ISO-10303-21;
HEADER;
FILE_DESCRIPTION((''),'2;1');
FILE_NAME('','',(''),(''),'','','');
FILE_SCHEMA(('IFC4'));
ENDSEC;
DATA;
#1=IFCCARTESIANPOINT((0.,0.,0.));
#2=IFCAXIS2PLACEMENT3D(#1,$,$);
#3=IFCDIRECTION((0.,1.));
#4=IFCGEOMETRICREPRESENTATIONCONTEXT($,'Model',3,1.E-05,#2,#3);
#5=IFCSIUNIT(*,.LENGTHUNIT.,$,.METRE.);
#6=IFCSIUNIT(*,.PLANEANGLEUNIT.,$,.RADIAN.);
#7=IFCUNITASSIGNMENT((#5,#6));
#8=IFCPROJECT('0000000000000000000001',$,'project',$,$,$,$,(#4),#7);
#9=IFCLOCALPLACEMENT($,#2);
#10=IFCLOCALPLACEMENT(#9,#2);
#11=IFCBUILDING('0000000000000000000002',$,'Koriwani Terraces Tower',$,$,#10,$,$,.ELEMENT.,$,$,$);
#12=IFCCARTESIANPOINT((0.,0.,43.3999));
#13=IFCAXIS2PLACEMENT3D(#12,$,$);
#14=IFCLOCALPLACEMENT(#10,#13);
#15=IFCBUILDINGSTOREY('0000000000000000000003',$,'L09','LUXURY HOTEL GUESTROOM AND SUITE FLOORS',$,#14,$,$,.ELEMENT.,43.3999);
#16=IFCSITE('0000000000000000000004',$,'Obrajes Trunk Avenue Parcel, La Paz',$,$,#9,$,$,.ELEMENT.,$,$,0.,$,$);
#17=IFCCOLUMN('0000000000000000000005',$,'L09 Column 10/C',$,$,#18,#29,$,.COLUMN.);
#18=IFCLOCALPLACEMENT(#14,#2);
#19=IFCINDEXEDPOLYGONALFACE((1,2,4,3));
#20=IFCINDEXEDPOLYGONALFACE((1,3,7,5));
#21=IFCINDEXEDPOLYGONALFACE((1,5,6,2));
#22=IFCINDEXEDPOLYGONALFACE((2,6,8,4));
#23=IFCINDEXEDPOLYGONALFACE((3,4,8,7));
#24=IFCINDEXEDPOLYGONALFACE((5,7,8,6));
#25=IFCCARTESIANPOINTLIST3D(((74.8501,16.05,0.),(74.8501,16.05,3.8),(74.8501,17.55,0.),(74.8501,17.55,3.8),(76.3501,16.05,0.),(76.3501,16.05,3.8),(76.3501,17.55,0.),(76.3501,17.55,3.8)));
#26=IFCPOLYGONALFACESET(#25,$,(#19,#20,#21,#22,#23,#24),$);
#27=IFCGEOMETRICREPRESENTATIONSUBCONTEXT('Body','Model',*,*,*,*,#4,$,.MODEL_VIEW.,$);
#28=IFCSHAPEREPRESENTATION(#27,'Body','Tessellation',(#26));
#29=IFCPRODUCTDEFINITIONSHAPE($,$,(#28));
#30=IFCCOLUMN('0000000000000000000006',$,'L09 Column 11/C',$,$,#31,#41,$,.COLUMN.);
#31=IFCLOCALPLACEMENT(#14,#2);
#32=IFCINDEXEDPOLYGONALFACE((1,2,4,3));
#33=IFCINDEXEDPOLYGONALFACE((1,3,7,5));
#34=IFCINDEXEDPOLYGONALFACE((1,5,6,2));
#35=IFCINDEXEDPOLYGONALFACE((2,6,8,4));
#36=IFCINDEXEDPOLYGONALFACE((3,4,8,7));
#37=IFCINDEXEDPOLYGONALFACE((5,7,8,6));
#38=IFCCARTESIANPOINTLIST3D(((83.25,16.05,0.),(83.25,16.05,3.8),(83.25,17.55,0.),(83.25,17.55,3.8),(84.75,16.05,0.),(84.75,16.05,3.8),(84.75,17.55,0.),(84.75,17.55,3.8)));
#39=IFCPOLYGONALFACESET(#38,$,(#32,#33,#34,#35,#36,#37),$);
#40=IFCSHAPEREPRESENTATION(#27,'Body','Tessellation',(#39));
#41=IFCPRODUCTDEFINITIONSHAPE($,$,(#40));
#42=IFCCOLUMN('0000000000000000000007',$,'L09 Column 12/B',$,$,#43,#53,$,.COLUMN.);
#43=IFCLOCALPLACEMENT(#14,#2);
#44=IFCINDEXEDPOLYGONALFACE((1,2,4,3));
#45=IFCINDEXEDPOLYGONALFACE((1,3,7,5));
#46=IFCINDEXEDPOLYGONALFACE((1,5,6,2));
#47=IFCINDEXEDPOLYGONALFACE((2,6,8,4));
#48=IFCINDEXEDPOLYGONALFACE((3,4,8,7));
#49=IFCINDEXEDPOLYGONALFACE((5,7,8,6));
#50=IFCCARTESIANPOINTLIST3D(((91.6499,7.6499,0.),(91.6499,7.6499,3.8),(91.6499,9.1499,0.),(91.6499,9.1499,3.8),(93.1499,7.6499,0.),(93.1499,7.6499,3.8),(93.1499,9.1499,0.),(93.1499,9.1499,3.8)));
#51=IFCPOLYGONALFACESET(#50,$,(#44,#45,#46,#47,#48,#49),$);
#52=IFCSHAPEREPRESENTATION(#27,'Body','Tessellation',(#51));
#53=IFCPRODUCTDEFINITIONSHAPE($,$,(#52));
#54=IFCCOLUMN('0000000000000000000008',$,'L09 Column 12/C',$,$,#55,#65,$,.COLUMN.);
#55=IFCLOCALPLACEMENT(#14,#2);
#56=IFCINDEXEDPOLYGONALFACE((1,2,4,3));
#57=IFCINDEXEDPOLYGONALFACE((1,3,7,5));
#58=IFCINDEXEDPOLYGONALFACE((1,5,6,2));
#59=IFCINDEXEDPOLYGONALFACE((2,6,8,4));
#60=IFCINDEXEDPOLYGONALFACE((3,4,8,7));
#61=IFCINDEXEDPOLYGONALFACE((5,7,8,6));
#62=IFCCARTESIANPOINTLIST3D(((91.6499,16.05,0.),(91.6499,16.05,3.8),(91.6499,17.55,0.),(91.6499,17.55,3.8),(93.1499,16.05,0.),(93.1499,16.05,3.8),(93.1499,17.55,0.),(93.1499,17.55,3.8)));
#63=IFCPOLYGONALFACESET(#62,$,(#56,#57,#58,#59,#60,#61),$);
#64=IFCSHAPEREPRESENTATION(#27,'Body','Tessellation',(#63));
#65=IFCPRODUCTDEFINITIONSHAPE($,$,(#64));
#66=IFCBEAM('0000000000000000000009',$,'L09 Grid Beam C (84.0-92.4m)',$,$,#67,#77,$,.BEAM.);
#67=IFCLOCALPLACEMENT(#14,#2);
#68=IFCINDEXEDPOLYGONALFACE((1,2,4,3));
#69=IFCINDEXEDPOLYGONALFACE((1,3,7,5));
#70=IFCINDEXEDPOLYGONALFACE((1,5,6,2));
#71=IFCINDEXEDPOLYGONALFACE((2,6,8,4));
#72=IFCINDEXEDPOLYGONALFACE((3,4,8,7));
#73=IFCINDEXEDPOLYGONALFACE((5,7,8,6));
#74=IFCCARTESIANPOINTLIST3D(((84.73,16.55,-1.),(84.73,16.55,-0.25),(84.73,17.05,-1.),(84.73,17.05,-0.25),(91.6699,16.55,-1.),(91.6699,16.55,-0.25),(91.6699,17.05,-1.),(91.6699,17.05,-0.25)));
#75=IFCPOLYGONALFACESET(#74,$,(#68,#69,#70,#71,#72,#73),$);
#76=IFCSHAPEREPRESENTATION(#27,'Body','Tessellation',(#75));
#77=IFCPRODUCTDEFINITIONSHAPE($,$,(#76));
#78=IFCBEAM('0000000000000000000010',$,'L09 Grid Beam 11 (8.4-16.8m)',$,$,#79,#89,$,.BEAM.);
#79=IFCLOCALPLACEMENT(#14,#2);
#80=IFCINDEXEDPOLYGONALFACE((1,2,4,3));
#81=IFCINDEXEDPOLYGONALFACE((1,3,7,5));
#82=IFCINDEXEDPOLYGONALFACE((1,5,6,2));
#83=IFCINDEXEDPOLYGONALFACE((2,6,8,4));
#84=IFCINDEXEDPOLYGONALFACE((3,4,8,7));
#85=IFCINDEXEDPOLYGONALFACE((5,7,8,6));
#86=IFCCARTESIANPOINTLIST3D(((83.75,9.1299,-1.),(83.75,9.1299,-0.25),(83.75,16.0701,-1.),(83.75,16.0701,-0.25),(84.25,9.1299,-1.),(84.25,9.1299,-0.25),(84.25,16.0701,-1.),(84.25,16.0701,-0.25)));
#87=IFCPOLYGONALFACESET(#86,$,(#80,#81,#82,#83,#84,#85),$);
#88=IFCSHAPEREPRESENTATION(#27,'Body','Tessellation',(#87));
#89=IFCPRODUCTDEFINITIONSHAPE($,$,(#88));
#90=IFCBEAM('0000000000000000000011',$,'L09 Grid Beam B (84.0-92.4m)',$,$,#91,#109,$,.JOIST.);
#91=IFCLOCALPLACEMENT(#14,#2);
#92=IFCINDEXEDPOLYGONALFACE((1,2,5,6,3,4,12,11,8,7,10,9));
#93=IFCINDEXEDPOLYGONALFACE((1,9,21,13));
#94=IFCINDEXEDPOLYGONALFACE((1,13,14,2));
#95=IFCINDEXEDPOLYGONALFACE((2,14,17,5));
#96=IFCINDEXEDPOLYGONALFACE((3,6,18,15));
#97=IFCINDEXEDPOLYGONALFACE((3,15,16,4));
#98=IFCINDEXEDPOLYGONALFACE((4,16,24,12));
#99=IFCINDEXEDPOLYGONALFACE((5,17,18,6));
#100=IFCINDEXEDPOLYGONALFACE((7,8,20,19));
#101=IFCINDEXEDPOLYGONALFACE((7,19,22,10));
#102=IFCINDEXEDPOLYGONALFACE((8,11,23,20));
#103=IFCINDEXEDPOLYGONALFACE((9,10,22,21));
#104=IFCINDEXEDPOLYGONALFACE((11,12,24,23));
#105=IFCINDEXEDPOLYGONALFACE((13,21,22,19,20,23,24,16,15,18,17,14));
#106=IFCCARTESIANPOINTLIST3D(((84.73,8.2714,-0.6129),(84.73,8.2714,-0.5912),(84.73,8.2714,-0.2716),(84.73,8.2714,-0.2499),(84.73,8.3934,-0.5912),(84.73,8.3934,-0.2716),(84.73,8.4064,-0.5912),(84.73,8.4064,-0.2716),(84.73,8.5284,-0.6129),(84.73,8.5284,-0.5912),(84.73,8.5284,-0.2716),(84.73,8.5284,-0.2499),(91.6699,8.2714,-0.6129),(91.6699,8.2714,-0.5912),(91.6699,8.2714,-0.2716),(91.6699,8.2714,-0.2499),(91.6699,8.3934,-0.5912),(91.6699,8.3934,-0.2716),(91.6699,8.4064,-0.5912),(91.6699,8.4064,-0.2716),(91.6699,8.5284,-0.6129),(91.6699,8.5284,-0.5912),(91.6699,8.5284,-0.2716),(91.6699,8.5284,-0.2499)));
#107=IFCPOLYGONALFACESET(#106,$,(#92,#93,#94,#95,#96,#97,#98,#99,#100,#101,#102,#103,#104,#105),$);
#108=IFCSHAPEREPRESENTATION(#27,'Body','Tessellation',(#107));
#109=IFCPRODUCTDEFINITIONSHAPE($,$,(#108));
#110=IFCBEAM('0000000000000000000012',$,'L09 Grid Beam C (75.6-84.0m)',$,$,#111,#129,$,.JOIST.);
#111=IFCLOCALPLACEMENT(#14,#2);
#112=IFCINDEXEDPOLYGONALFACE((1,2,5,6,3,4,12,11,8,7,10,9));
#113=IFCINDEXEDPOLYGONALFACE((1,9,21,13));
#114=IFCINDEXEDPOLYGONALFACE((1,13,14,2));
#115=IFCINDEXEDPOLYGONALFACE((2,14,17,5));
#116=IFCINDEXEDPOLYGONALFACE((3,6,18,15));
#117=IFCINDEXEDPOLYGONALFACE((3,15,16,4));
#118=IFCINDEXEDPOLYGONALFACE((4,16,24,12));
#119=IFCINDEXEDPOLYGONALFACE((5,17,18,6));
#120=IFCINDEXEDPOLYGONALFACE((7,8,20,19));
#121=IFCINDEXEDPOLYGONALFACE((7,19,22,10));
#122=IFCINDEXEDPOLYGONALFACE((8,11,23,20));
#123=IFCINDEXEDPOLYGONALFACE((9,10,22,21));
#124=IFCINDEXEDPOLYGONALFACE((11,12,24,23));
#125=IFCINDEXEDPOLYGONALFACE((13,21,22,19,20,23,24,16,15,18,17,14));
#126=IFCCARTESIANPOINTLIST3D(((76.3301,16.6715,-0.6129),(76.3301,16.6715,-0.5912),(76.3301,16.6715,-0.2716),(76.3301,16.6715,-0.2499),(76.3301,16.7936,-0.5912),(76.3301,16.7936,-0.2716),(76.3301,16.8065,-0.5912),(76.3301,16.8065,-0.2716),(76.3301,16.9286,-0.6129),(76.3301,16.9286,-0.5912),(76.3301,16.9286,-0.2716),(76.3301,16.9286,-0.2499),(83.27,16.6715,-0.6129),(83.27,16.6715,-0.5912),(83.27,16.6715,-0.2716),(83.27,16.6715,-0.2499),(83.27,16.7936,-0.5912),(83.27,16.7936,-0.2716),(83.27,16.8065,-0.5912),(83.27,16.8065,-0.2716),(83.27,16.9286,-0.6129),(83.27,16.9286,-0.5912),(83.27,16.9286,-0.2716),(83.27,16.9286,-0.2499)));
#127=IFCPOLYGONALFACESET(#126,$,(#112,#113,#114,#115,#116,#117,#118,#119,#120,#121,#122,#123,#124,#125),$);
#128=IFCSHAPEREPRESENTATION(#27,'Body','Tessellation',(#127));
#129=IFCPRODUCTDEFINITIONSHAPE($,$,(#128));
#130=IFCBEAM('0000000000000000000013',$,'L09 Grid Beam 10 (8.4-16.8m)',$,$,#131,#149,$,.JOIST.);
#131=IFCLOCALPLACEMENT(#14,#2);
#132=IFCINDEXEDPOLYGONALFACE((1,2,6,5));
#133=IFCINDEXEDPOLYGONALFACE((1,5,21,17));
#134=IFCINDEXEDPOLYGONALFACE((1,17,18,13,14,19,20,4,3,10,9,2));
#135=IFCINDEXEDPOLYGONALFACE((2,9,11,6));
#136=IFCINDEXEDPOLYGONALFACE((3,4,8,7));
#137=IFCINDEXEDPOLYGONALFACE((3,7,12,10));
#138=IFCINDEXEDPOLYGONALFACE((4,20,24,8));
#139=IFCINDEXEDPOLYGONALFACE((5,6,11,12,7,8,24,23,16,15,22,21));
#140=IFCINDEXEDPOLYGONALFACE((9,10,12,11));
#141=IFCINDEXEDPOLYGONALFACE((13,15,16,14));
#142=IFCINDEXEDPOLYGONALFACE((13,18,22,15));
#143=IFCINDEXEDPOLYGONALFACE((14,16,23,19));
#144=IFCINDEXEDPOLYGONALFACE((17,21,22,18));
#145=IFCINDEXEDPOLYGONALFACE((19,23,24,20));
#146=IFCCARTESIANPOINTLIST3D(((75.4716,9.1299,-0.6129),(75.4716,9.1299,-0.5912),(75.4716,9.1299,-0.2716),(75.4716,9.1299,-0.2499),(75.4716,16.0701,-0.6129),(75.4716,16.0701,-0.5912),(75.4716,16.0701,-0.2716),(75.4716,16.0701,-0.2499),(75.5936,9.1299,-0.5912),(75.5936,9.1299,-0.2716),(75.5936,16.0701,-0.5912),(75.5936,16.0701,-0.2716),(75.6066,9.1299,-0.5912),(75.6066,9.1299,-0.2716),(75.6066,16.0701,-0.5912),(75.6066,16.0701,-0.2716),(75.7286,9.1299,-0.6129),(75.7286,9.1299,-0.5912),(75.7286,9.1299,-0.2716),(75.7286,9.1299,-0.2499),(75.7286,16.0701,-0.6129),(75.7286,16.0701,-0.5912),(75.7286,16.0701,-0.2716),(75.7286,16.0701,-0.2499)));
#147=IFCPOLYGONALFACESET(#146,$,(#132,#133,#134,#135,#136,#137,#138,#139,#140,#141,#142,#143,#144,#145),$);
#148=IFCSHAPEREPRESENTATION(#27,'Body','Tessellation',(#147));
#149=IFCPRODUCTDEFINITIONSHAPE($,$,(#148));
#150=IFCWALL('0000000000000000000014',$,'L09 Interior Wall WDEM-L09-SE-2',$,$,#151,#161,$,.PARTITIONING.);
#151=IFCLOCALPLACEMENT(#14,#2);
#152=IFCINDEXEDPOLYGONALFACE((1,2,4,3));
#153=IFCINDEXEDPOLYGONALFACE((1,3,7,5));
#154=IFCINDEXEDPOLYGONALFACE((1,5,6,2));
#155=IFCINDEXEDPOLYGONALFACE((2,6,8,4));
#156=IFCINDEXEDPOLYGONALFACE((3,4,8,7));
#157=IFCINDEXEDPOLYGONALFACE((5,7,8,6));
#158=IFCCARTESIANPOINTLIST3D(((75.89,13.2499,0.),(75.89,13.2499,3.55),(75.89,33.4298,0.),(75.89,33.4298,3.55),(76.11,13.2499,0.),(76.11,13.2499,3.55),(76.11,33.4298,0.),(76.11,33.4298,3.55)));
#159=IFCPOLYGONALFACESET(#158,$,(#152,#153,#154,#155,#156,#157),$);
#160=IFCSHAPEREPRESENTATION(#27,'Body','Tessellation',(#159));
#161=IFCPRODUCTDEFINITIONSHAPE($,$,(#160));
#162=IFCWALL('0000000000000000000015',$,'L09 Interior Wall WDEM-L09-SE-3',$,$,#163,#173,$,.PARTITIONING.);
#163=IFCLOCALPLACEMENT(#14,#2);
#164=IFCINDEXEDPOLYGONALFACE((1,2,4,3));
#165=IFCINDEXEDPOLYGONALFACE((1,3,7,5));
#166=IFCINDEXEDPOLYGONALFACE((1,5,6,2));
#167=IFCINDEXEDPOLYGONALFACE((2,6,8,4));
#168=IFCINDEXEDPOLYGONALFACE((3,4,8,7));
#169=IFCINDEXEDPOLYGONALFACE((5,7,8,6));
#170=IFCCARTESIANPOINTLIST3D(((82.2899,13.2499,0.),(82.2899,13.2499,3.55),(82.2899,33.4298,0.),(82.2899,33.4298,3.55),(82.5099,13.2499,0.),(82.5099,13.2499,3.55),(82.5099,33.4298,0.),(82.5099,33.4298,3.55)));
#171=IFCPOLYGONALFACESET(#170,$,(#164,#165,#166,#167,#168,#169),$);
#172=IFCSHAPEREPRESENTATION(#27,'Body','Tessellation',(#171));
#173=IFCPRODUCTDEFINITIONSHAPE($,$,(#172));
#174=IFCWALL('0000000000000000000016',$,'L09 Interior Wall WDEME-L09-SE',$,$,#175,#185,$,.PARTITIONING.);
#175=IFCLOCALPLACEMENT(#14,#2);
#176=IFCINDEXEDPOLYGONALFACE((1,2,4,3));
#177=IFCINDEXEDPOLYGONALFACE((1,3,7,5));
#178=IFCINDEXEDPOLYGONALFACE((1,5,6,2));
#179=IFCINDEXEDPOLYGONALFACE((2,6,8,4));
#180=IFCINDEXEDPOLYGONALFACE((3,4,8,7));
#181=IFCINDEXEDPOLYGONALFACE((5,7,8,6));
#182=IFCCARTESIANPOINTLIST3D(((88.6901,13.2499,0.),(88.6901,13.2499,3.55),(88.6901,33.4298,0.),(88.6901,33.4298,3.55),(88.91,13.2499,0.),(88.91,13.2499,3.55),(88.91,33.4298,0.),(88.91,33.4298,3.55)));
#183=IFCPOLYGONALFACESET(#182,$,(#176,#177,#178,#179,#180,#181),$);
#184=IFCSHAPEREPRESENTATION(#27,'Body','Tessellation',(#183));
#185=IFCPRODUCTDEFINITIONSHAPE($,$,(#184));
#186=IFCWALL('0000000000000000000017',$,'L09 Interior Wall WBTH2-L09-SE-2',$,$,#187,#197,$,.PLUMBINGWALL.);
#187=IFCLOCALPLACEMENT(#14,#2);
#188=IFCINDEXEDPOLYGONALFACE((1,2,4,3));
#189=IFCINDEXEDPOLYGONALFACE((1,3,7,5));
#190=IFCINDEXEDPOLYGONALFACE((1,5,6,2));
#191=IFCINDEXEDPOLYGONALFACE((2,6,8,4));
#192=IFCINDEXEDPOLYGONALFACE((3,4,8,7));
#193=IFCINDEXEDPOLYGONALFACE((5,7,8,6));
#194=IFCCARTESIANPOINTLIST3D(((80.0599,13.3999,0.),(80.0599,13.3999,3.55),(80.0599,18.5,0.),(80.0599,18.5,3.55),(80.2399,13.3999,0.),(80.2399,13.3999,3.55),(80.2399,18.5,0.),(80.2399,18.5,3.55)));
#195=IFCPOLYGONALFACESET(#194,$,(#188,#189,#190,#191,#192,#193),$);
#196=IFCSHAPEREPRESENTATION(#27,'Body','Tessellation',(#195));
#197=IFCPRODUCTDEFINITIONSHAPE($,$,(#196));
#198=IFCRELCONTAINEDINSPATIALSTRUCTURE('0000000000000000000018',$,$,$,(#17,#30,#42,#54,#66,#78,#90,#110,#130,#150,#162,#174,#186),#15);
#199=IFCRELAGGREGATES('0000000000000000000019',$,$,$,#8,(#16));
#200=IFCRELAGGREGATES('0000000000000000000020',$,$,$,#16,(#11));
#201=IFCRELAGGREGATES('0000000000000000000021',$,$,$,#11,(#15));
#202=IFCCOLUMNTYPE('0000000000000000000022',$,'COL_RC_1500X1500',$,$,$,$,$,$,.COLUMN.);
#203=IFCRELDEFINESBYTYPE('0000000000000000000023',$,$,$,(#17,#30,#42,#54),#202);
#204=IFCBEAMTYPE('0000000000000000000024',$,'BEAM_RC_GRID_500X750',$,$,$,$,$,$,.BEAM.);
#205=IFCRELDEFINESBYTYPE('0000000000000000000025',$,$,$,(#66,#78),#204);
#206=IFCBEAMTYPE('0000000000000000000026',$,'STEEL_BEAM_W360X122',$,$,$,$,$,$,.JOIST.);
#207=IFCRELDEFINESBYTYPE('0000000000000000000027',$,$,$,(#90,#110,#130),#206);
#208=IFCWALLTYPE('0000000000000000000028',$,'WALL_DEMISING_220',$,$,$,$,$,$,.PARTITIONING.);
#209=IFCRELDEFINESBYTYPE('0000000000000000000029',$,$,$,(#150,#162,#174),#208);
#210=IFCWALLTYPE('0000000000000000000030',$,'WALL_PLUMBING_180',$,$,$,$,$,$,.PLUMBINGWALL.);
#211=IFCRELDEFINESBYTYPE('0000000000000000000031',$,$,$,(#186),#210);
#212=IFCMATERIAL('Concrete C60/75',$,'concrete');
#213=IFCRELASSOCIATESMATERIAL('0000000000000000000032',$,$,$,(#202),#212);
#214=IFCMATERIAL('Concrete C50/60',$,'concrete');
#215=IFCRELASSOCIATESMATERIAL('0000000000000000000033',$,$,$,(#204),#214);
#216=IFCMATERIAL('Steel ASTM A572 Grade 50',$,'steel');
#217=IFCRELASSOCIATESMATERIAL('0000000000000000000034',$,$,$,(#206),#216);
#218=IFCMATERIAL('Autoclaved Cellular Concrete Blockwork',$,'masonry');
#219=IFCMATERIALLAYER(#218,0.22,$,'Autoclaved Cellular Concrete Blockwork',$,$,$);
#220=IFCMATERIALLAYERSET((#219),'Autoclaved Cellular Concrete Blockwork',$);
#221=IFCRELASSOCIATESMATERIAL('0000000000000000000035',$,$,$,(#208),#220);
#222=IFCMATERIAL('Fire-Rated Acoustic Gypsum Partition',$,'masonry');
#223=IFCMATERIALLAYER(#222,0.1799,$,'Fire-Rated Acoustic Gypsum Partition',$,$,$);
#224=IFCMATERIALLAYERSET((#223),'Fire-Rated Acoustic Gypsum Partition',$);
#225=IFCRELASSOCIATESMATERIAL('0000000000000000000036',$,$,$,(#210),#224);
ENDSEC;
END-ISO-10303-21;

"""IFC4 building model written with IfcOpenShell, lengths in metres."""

from ifc_helpers import new_model, si_unit, direction, frame, frame_2d, origin, origin_2d, place, context, subcontext, project, spatial, rectangle, i_section, extrude, material, layer, layer_set, material_profile, profile_set, type_object, element, save


model = new_model("IFC4")

# Units and contexts
model_context = context("Model", 3, precision=1e-05, world=origin(), true_north=direction((0.0, 1.0)))
body_context = subcontext(model_context, "Body", "Model", "MODEL_VIEW")
ifc_project = project(units=[si_unit("LENGTHUNIT", "METRE"), si_unit("PLANEANGLEUNIT", "RADIAN")], contexts=[model_context])

# Site, building, storey
site_placement = place(None, origin())
site = spatial("IfcSite", under=ifc_project, at=site_placement, Name="Obrajes Trunk Avenue Parcel, La Paz", CompositionType="ELEMENT", RefElevation=0.0)
building_placement = place(site_placement, origin())
building = spatial("IfcBuilding", under=site, at=building_placement, Name="Koriwani Terraces Tower", CompositionType="ELEMENT")
storey_placement = place(building_placement, frame((0.0, 0.0, 43.3999)))
storey = spatial("IfcBuildingStorey", under=building, at=storey_placement, Name="L09", Description="LUXURY HOTEL GUESTROOM AND SUITE FLOORS", CompositionType="ELEMENT", Elevation=43.3999)

# Columns
ifc_material_1 = material(Name="Concrete C60/75", Category="concrete")
ifc_material_profile_1 = material_profile(ifc_material_1, rectangle(XDim=1.5, YDim=1.5, at=origin_2d()), Name="Concrete C60/75", Category="LoadBearing")
ifc_profile_set_1 = profile_set([ifc_material_profile_1], Name="Concrete C60/75")
column_type = type_object("IfcColumnType", Name="COL_RC_1500X1500", PredefinedType="COLUMN", material=ifc_profile_set_1)
for number, where, z_axis, x_axis, name in (
    (1, (75.6001, 16.8, 0.0), (0.0, 0.0, 1.0), (1.0, 0.0, 0.0), "L09 Column 10/C"),
    (2, (84.0, 16.8, 0.0), (0.0, 0.0, 1.0), (1.0, 0.0, 0.0), "L09 Column 11/C"),
    (3, (92.3999, 8.3999, 0.0), (0.0, 0.0, 1.0), (1.0, 0.0, 0.0), "L09 Column 12/B"),
    (4, (92.3999, 16.8, 0.0), (0.0, 0.0, 1.0), (1.0, 0.0, 0.0), "L09 Column 12/C"),
):
    element("IfcColumn", number, at=place(storey_placement, frame(where, z_axis=z_axis, x_axis=x_axis)), inside=storey, type_object=column_type, Name=name, PredefinedType="COLUMN", context=body_context, shape_type="SweptSolid", body=[
        extrude(rectangle(XDim=1.5, YDim=1.5, at=origin_2d()), origin(), (0.0, 0.0, 1.0), 3.8),
    ])

# Beams
ifc_material_2 = material(Name="Concrete C50/60", Category="concrete")
ifc_material_profile_2 = material_profile(ifc_material_2, rectangle(XDim=0.5, YDim=0.75, at=origin_2d()), Name="Concrete C50/60", Category="LoadBearing")
ifc_profile_set_2 = profile_set([ifc_material_profile_2], Name="Concrete C50/60")
beam_type_1 = type_object("IfcBeamType", Name="BEAM_RC_GRID_500X750", PredefinedType="BEAM", material=ifc_profile_set_2)
beam_1_placement = place(storey_placement, frame((84.73, 16.8, -0.625), z_axis=(1.0, 0.0, 0.0), x_axis=(0.0, 1.0, 0.0)))
element("IfcBeam", 5, at=beam_1_placement, inside=storey, type_object=beam_type_1, Name="L09 Grid Beam C (84.0-92.4m)", PredefinedType="BEAM", context=body_context, shape_type="SweptSolid", body=[
    extrude(rectangle(XDim=0.5, YDim=0.75, at=origin_2d()), origin(), (0.0, 0.0, 1.0), 6.9399),
])
beam_2_placement = place(storey_placement, frame((84.0, 9.1299, -0.625), z_axis=(0.0, 1.0, 0.0), x_axis=(-1.0, 0.0, 0.0)))
element("IfcBeam", 6, at=beam_2_placement, inside=storey, type_object=beam_type_1, Name="L09 Grid Beam 11 (8.4-16.8m)", PredefinedType="BEAM", context=body_context, shape_type="SweptSolid", body=[
    extrude(rectangle(XDim=0.5, YDim=0.75, at=origin_2d()), origin(), (0.0, 0.0, 1.0), 6.9402),
])
ifc_material_3 = material(Name="Steel ASTM A572 Grade 50", Category="steel")
ifc_material_profile_3 = material_profile(ifc_material_3, i_section(OverallWidth=0.2571, OverallDepth=0.363, WebThickness=0.0129, FlangeThickness=0.0217, at=origin_2d()), Name="Steel ASTM A572 Grade 50", Category="LoadBearing")
ifc_profile_set_3 = profile_set([ifc_material_profile_3], Name="Steel ASTM A572 Grade 50")
beam_type_2 = type_object("IfcBeamType", Name="STEEL_BEAM_W360X122", PredefinedType="JOIST", material=ifc_profile_set_3)
for number, where, z_axis, x_axis, name in (
    (7, (84.73, 8.3999, -0.4314), (1.0, 0.0, 0.0), (0.0, 1.0, 0.0), "L09 Grid Beam B (84.0-92.4m)"),
    (8, (76.3301, 16.8, -0.4314), (1.0, 0.0, 0.0), (0.0, 1.0, 0.0), "L09 Grid Beam C (75.6-84.0m)"),
):
    element("IfcBeam", number, at=place(storey_placement, frame(where, z_axis=z_axis, x_axis=x_axis)), inside=storey, type_object=beam_type_2, Name=name, PredefinedType="JOIST", context=body_context, shape_type="SweptSolid", body=[
        extrude(i_section(OverallWidth=0.2571, OverallDepth=0.363, WebThickness=0.0129, FlangeThickness=0.0217, at=origin_2d()), origin(), (0.0, 0.0, 1.0), 6.9399),
    ])
beam_3_placement = place(storey_placement, frame((75.6001, 9.1299, -0.4314), z_axis=(0.0, 1.0, 0.0), x_axis=(-1.0, 0.0, 0.0)))
element("IfcBeam", 9, at=beam_3_placement, inside=storey, type_object=beam_type_2, Name="L09 Grid Beam 10 (8.4-16.8m)", PredefinedType="JOIST", context=body_context, shape_type="SweptSolid", body=[
    extrude(i_section(OverallWidth=0.2571, OverallDepth=0.363, WebThickness=0.0129, FlangeThickness=0.0217, at=origin_2d()), origin(), (0.0, 0.0, 1.0), 6.9402),
])

# Walls
ifc_material_4 = material(Name="Autoclaved Cellular Concrete Blockwork", Category="masonry")
ifc_layer_1 = layer(ifc_material_4, 0.22, Name="Autoclaved Cellular Concrete Blockwork")
ifc_layer_set_1 = layer_set([ifc_layer_1], Name="Autoclaved Cellular Concrete Blockwork")
wall_type_1 = type_object("IfcWallType", Name="WALL_DEMISING_220", PredefinedType="PARTITIONING", material=ifc_layer_set_1)
for number, where, z_axis, x_axis, name in (
    (10, (76.0, 13.25, 0.0), (0.0, 0.0, 1.0), (0.0, 1.0, 0.0), "L09 Interior Wall WDEM-L09-SE-2"),
    (11, (82.3999, 13.25, 0.0), (0.0, 0.0, 1.0), (0.0, 1.0, 0.0), "L09 Interior Wall WDEM-L09-SE-3"),
    (12, (88.8, 13.25, 0.0), (0.0, 0.0, 1.0), (0.0, 1.0, 0.0), "L09 Interior Wall WDEME-L09-SE"),
):
    element("IfcWall", number, at=place(storey_placement, frame(where, z_axis=z_axis, x_axis=x_axis)), inside=storey, type_object=wall_type_1, Name=name, PredefinedType="PARTITIONING", context=body_context, shape_type="SweptSolid", body=[
        extrude(rectangle(XDim=20.1799, YDim=0.22, at=frame_2d((10.0898, 0.0))), origin(), (0.0, 0.0, 1.0), 3.55),
    ])
ifc_material_5 = material(Name="Fire-Rated Acoustic Gypsum Partition", Category="masonry")
ifc_layer_2 = layer(ifc_material_5, 0.1799, Name="Fire-Rated Acoustic Gypsum Partition")
ifc_layer_set_2 = layer_set([ifc_layer_2], Name="Fire-Rated Acoustic Gypsum Partition")
wall_type_2 = type_object("IfcWallType", Name="WALL_PLUMBING_180", PredefinedType="PLUMBINGWALL", material=ifc_layer_set_2)
for number, where, z_axis, x_axis, name in (
    (13, (80.1499, 13.3999, 0.0), (0.0, 0.0, 1.0), (0.0, 1.0, 0.0), "L09 Interior Wall WBTH2-L09-SE-2"),
):
    element("IfcWall", number, at=place(storey_placement, frame(where, z_axis=z_axis, x_axis=x_axis)), inside=storey, type_object=wall_type_2, Name=name, PredefinedType="PLUMBINGWALL", context=body_context, shape_type="SweptSolid", body=[
        extrude(rectangle(XDim=5.1001, YDim=0.1799, at=frame_2d((2.55, 0.0))), origin(), (0.0, 0.0, 1.0), 3.55),
    ])

save(model, "model.ifc")
